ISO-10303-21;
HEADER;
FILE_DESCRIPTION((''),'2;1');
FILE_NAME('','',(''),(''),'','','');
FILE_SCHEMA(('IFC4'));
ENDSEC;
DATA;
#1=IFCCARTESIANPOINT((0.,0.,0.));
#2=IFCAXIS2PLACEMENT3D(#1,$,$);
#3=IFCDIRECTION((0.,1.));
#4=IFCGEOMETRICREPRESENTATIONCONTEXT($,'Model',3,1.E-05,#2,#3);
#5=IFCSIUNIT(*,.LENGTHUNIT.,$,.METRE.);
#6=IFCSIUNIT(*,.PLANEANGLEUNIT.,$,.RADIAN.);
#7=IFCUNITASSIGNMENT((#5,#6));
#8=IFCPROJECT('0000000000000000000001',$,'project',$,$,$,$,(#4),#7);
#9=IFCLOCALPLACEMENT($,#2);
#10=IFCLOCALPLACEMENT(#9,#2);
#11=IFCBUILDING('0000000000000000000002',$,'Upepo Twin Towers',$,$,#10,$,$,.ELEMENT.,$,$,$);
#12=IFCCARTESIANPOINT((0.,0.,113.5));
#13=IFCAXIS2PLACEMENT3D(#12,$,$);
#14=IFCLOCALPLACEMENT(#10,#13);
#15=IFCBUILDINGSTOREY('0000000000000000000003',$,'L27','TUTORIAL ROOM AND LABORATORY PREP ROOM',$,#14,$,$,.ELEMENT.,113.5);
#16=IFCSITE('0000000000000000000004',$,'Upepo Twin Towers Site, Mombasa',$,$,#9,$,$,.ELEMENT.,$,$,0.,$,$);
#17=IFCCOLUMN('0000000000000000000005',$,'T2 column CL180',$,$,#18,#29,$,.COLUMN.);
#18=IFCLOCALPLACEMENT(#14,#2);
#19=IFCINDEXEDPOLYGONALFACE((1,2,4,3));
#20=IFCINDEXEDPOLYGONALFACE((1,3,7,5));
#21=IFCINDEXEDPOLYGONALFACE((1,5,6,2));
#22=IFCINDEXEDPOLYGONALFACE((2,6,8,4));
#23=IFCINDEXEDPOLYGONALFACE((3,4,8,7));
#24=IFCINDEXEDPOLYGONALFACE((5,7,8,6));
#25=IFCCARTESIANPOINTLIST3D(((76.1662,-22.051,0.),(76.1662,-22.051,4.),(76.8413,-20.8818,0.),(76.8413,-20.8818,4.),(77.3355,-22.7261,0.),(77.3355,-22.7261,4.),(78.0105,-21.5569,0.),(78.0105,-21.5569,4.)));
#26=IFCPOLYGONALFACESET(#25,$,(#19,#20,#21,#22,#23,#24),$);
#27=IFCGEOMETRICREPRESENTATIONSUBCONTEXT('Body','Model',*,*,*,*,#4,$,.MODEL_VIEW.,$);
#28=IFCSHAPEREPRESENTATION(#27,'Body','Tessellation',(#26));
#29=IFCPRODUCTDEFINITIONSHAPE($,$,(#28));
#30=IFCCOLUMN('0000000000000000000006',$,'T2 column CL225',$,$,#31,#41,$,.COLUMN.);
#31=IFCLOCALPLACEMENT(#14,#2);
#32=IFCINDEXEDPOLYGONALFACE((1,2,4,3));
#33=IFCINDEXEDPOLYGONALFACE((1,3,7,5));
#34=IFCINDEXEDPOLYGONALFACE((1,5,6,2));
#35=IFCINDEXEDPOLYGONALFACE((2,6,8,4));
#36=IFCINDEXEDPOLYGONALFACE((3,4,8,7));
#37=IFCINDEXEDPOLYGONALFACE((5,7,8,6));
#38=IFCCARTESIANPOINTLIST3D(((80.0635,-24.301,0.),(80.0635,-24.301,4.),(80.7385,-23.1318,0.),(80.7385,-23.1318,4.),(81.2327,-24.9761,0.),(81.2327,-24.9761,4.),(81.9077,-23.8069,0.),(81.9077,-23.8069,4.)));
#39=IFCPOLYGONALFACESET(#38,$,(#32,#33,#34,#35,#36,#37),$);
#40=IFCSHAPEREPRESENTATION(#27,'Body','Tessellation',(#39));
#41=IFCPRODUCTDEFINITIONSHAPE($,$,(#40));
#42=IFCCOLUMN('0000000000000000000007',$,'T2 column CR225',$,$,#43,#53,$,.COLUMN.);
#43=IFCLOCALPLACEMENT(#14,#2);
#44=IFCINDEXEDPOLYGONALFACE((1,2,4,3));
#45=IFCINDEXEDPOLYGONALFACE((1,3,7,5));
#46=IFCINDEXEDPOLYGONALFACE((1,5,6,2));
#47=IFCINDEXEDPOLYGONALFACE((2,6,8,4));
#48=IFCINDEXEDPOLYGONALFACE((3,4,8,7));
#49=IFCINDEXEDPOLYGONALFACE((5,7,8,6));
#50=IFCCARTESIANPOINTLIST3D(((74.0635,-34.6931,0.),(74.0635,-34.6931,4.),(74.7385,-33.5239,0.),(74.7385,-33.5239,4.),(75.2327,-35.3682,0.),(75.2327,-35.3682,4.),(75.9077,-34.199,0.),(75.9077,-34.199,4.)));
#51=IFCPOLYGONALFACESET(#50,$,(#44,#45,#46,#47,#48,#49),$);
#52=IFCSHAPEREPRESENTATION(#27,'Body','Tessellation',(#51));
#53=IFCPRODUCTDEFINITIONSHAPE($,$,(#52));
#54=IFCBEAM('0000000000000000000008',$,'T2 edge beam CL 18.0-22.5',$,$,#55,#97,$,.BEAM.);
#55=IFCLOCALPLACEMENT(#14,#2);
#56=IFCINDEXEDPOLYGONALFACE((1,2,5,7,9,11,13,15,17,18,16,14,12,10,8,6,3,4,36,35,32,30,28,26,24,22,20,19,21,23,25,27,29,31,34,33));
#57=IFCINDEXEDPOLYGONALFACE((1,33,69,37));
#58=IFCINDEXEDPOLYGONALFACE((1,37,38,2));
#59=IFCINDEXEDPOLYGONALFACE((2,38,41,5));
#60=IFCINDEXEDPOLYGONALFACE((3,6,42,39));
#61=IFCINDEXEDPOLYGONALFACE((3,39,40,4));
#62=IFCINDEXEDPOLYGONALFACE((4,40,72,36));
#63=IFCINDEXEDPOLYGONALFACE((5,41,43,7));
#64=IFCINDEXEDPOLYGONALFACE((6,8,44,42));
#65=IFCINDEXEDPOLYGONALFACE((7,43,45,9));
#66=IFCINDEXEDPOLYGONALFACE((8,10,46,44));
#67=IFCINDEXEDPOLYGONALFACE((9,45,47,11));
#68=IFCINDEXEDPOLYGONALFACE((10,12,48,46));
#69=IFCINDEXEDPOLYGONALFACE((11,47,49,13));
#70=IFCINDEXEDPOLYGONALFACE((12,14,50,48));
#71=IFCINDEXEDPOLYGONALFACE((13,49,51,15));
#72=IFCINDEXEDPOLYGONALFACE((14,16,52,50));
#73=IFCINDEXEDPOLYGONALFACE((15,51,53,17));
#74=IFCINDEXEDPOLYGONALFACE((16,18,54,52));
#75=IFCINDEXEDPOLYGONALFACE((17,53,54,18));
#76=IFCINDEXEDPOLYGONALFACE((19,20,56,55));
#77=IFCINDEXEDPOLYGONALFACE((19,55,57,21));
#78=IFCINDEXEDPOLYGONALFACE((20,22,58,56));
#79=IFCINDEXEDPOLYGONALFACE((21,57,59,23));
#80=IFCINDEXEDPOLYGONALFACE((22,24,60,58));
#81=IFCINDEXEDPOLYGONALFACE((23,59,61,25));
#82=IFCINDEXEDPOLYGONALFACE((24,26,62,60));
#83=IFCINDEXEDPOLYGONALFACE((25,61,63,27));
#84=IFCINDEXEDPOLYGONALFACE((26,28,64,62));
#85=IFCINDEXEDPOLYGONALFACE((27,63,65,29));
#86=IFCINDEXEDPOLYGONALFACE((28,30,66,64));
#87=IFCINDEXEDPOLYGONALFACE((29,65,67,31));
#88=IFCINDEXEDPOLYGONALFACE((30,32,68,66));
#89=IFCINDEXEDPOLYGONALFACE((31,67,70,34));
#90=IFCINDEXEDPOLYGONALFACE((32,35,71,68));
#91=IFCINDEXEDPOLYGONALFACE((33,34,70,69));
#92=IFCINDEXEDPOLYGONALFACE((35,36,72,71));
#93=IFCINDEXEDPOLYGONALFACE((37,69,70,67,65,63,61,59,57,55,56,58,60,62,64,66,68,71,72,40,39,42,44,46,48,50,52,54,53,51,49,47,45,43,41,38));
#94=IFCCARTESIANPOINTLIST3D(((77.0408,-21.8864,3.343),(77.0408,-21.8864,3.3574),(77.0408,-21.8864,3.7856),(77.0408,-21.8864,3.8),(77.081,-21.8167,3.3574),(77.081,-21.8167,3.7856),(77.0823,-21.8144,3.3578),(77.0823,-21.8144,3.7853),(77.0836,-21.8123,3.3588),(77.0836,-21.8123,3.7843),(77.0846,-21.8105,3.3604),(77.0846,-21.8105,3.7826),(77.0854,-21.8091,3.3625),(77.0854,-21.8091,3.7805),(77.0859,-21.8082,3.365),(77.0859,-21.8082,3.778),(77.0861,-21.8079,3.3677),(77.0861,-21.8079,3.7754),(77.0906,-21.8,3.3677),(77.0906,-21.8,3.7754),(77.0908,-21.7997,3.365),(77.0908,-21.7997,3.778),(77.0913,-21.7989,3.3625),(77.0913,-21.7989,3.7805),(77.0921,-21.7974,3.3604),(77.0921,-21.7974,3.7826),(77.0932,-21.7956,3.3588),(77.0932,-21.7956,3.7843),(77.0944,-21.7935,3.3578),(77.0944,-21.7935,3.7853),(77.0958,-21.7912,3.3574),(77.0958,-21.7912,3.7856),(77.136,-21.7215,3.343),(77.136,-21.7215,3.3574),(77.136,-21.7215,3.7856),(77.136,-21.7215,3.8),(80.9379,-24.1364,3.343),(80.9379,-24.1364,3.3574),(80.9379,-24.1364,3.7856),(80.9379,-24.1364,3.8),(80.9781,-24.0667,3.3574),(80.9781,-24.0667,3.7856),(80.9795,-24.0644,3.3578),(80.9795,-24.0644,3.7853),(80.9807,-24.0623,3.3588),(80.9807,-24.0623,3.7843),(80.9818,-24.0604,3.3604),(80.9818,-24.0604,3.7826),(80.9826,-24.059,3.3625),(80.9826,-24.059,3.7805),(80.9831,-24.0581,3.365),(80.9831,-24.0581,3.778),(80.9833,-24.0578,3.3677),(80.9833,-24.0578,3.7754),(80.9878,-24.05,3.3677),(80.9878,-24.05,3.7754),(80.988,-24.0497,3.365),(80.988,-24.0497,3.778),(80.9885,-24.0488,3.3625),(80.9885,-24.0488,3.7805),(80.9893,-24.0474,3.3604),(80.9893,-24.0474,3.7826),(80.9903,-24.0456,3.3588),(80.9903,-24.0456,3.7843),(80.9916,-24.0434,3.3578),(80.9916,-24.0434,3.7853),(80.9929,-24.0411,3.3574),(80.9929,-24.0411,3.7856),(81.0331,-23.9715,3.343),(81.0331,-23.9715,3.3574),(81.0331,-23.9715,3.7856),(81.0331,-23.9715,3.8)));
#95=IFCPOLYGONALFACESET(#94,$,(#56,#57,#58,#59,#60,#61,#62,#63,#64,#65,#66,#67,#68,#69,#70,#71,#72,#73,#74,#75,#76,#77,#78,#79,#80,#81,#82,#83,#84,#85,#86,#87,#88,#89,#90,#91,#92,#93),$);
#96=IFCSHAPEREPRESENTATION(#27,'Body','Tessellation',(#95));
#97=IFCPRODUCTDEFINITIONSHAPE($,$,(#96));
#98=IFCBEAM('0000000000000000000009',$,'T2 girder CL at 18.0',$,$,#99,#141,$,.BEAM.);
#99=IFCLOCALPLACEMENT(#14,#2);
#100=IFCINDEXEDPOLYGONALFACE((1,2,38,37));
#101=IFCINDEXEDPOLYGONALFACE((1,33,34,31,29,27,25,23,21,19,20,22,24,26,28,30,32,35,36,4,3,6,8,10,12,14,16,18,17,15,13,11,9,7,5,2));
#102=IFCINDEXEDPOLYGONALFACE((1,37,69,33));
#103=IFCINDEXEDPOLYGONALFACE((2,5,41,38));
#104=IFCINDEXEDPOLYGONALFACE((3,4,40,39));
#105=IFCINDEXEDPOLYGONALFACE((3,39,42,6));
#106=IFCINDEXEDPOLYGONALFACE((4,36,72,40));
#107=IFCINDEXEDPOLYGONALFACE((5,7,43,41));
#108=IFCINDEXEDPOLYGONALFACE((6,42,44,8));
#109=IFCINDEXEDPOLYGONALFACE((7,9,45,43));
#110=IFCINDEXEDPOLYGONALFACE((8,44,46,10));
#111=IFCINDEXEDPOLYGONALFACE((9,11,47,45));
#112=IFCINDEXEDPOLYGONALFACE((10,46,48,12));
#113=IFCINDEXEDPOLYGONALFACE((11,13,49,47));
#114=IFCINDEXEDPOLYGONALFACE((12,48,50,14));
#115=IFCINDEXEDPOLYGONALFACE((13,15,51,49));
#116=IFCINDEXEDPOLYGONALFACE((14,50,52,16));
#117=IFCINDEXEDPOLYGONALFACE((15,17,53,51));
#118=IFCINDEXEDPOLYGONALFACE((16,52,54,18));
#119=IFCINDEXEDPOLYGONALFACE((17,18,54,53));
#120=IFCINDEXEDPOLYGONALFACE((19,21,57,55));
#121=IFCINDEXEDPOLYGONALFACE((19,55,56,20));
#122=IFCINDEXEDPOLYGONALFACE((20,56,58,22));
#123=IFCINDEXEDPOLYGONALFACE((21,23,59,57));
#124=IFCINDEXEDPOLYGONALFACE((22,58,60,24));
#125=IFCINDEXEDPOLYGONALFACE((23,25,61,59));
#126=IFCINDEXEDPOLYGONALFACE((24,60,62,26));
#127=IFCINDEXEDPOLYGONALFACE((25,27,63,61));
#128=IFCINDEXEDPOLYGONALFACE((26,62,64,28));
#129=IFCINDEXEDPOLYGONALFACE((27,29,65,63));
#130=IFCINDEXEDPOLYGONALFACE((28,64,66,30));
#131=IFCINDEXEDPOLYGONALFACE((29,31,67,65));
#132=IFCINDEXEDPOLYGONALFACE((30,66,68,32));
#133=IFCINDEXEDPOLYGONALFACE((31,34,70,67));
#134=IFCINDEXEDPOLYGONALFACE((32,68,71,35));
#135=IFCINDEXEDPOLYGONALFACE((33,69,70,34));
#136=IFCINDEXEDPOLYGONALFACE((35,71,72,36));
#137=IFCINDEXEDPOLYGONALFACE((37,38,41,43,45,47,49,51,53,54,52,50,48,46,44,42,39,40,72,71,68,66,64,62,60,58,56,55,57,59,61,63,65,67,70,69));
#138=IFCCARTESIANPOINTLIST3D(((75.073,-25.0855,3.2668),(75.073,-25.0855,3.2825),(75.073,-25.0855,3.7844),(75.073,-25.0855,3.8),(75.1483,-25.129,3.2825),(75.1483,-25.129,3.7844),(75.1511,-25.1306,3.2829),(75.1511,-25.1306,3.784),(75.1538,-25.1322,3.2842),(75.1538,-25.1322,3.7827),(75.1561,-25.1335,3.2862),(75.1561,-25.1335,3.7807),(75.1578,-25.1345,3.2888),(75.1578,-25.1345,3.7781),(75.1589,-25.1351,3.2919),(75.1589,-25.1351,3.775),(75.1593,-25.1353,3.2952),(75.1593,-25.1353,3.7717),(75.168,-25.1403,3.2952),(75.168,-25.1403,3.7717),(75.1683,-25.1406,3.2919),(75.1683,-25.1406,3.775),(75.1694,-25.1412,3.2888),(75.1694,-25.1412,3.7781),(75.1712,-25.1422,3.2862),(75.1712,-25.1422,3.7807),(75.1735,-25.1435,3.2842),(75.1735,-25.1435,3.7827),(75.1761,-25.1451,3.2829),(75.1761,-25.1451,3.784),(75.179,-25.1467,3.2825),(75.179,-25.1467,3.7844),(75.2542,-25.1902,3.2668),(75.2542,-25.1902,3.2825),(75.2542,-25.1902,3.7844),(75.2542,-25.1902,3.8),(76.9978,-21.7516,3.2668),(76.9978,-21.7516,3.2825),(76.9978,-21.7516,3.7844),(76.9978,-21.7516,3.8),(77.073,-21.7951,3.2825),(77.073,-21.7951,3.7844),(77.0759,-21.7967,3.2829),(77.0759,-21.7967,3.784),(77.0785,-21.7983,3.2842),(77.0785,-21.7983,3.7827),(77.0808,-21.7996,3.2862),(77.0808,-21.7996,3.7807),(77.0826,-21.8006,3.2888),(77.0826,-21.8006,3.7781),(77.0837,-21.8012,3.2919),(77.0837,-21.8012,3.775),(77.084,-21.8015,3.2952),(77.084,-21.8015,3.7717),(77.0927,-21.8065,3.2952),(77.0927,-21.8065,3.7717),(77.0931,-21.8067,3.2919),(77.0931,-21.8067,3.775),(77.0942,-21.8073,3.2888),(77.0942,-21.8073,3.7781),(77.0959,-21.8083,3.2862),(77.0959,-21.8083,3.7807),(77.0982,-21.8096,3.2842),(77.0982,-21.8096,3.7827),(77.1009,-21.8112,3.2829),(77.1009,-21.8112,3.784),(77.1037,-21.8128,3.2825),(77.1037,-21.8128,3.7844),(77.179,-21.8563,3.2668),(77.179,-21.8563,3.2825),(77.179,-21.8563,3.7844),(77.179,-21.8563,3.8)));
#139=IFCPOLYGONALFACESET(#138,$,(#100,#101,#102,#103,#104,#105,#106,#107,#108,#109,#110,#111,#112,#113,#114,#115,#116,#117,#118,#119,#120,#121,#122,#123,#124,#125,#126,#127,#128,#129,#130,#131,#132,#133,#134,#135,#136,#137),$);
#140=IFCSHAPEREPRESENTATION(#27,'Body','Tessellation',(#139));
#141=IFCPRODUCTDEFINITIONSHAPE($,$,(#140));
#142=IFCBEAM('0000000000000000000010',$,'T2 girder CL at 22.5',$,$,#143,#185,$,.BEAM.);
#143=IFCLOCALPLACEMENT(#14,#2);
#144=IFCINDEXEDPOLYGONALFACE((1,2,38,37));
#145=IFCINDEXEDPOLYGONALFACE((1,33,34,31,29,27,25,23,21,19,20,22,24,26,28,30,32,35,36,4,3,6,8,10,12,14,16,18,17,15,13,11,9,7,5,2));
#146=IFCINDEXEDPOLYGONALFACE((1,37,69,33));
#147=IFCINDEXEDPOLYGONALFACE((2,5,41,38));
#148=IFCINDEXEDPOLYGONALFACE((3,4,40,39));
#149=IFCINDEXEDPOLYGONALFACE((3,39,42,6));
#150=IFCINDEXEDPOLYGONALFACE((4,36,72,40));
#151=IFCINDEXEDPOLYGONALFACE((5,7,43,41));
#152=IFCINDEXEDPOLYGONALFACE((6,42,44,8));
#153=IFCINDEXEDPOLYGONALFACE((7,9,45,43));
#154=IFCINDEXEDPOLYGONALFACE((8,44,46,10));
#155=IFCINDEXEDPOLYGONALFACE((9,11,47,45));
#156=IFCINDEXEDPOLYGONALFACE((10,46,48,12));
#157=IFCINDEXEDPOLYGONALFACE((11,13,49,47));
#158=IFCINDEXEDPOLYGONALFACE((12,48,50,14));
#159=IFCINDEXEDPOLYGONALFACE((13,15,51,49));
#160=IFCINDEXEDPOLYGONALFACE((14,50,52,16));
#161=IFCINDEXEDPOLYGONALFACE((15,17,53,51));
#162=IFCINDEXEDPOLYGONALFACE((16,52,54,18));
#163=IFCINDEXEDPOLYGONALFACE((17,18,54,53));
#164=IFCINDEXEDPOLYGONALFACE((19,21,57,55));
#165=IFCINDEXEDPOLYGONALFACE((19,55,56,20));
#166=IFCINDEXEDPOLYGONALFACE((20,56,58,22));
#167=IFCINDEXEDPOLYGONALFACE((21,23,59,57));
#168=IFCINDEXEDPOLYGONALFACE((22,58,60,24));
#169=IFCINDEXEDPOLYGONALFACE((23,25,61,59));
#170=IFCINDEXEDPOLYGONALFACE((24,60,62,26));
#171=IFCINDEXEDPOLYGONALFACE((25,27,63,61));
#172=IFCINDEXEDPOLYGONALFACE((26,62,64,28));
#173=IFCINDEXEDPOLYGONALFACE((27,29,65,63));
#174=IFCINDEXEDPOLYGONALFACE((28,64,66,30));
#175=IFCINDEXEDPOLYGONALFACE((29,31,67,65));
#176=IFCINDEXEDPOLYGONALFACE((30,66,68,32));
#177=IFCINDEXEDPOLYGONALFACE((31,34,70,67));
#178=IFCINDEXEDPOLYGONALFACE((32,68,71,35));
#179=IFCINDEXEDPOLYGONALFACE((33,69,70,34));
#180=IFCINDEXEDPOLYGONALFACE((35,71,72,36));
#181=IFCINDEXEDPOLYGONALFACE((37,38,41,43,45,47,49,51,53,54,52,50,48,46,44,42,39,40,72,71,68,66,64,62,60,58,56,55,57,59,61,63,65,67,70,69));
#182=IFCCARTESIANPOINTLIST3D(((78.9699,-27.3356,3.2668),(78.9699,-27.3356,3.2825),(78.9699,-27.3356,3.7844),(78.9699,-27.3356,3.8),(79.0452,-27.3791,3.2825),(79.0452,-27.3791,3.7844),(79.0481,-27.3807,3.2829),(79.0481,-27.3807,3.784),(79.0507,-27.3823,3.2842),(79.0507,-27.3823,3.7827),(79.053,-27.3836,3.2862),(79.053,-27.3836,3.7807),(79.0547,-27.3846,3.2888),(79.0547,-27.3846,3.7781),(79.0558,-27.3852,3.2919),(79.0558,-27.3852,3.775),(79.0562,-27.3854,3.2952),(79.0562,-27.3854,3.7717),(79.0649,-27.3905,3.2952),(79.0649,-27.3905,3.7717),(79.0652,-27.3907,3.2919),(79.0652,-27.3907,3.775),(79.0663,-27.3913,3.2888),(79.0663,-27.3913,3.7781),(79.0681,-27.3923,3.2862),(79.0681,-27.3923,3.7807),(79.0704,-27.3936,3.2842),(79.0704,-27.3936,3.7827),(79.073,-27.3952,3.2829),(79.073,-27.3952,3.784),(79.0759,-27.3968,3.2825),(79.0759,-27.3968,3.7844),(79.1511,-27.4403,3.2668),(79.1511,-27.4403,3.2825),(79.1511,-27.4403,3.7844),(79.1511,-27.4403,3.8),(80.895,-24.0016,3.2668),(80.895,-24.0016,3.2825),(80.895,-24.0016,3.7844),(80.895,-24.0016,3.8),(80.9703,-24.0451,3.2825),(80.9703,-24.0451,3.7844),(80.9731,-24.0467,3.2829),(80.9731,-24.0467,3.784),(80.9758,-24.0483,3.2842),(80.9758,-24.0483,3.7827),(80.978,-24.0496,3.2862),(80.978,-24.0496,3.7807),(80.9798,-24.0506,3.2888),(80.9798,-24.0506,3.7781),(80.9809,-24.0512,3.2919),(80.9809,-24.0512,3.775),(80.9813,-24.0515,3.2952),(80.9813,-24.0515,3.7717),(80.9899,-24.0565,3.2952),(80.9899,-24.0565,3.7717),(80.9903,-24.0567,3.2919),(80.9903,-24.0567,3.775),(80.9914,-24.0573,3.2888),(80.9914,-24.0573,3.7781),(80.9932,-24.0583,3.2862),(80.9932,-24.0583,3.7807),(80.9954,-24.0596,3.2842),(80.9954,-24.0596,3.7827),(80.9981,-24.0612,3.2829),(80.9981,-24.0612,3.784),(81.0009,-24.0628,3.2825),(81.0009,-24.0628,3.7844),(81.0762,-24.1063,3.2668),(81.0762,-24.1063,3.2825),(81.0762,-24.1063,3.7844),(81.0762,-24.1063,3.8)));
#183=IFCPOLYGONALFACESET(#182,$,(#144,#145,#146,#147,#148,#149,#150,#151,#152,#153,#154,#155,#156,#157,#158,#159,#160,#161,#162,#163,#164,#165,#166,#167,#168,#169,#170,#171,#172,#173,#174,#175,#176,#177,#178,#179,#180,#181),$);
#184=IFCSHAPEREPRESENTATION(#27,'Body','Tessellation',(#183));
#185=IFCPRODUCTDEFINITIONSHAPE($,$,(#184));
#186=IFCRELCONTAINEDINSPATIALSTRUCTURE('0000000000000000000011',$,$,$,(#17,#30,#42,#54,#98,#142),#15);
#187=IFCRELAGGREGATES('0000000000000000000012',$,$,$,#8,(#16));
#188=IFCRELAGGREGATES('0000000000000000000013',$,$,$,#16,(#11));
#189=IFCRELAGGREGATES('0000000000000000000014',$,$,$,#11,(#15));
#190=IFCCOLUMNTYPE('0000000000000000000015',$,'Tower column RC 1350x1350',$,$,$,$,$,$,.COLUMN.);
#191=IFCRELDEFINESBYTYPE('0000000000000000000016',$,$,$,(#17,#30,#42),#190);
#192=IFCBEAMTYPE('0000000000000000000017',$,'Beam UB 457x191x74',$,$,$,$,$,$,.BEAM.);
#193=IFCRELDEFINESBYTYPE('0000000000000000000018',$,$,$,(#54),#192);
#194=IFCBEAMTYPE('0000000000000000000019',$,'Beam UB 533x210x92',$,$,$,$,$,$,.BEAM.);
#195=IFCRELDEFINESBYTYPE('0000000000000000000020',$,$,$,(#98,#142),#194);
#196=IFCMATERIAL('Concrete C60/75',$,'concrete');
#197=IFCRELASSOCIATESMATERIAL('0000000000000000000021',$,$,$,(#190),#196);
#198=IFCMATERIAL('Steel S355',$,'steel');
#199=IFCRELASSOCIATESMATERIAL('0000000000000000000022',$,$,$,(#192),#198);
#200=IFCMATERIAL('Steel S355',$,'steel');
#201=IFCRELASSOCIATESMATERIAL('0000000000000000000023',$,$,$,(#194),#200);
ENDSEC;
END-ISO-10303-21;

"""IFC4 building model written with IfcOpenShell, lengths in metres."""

from ifc_helpers import new_model, si_unit, direction, frame, origin, origin_2d, place, context, subcontext, project, spatial, rectangle, i_section, extrude, material, material_profile, profile_set, type_object, element, save


model = new_model("IFC4")

# Units and contexts
model_context = context("Model", 3, precision=1e-05, world=origin(), true_north=direction((0.0, 1.0)))
body_context = subcontext(model_context, "Body", "Model", "MODEL_VIEW")
ifc_project = project(units=[si_unit("LENGTHUNIT", "METRE"), si_unit("PLANEANGLEUNIT", "RADIAN")], contexts=[model_context])

# Site, building, storey
site_placement = place(None, origin())
site = spatial("IfcSite", under=ifc_project, at=site_placement, Name="Upepo Twin Towers Site, Mombasa", CompositionType="ELEMENT", RefElevation=0.0)
building_placement = place(site_placement, origin())
building = spatial("IfcBuilding", under=site, at=building_placement, Name="Upepo Twin Towers", CompositionType="ELEMENT")
storey_placement = place(building_placement, frame((0.0, 0.0, 113.5)))
storey = spatial("IfcBuildingStorey", under=building, at=storey_placement, Name="L27", Description="TUTORIAL ROOM AND LABORATORY PREP ROOM", CompositionType="ELEMENT", Elevation=113.5)

# Columns
ifc_material_1 = material(Name="Concrete C60/75", Category="concrete")
ifc_material_profile_1 = material_profile(ifc_material_1, rectangle(XDim=1.3501, YDim=1.3501, at=origin_2d()), Name="RC 1350x1350")
ifc_profile_set_1 = profile_set([ifc_material_profile_1], Name="Concrete C60/75")
column_type = type_object("IfcColumnType", Name="Tower column RC 1350x1350", PredefinedType="COLUMN", material=ifc_profile_set_1)
for number, where, z_axis, x_axis, name in (
    (1, (77.0884, -21.804, 0.0), (0.0, 0.0, 1.0), (0.5, 0.866025, 0.0), "T2 column CL180"),
    (2, (80.9856, -24.054, 0.0), (0.0, 0.0, 1.0), (0.5, 0.866025, 0.0), "T2 column CL225"),
    (3, (74.9856, -34.446, 0.0), (0.0, 0.0, 1.0), (0.5, 0.866025, 0.0), "T2 column CR225"),
):
    element("IfcColumn", number, at=place(storey_placement, frame(where, z_axis=z_axis, x_axis=x_axis)), inside=storey, type_object=column_type, Name=name, PredefinedType="COLUMN", context=body_context, shape_type="SweptSolid", body=[
        extrude(rectangle(XDim=1.3501, YDim=1.3501, at=origin_2d()), origin(), (0.0, 0.0, 1.0), 4.0),
    ])

# Beams
ifc_material_2 = material(Name="Steel S355", Category="steel")
ifc_material_profile_2 = material_profile(ifc_material_2, i_section(OverallWidth=0.1904, OverallDepth=0.457, WebThickness=0.009, FlangeThickness=0.0144, FilletRadius=0.0103, at=origin_2d()), Name="UB 457x191x74")
ifc_profile_set_2 = profile_set([ifc_material_profile_2], Name="Steel S355")
beam_type_1 = type_object("IfcBeamType", Name="Beam UB 457x191x74", PredefinedType="BEAM", material=ifc_profile_set_2)
beam_1_placement = place(storey_placement, frame((77.0884, -21.804, 3.5715), z_axis=(0.866031, -0.49999, 0.0), x_axis=(0.49999, 0.866031, 0.0)))
element("IfcBeam", 4, at=beam_1_placement, inside=storey, type_object=beam_type_1, Name="T2 edge beam CL 18.0-22.5", PredefinedType="BEAM", context=body_context, shape_type="SweptSolid", body=[
    extrude(i_section(OverallWidth=0.1904, OverallDepth=0.457, WebThickness=0.009, FlangeThickness=0.0144, FilletRadius=0.0103, at=origin_2d()), origin(), (0.0, 0.0, 1.0), 4.5),
])
ifc_material_3 = material(Name="Steel S355", Category="steel")
ifc_material_profile_3 = material_profile(ifc_material_3, i_section(OverallWidth=0.2092, OverallDepth=0.5332, WebThickness=0.01, FlangeThickness=0.0156, FilletRadius=0.0127, at=origin_2d()), Name="UB 533x210x92")
ifc_profile_set_3 = profile_set([ifc_material_profile_3], Name="Steel S355")
beam_type_2 = type_object("IfcBeamType", Name="Beam UB 533x210x92", PredefinedType="BEAM", material=ifc_profile_set_3)
beam_2_placement = place(storey_placement, frame((77.0884, -21.804, 3.5334), z_axis=(-0.499986, -0.866034, 0.0), x_axis=(0.866034, -0.499986, 0.0)))
element("IfcBeam", 5, at=beam_2_placement, inside=storey, type_object=beam_type_2, Name="T2 girder CL at 18.0", PredefinedType="BEAM", context=body_context, shape_type="SweptSolid", body=[
    extrude(i_section(OverallWidth=0.2092, OverallDepth=0.5332, WebThickness=0.01, FlangeThickness=0.0156, FilletRadius=0.0127, at=origin_2d()), origin(), (0.0, 0.0, 1.0), 3.8496),
])
for number, where, z_axis, x_axis, name in (
    (6, (80.9856, -24.054, 3.5334), (-0.500034, -0.866006, 0.0), (0.866006, -0.500034, 0.0), "T2 girder CL at 22.5"),
):
    element("IfcBeam", number, at=place(storey_placement, frame(where, z_axis=z_axis, x_axis=x_axis)), inside=storey, type_object=beam_type_2, Name=name, PredefinedType="BEAM", context=body_context, shape_type="SweptSolid", body=[
        extrude(i_section(OverallWidth=0.2092, OverallDepth=0.5332, WebThickness=0.01, FlangeThickness=0.0156, FilletRadius=0.0127, at=origin_2d()), origin(), (0.0, 0.0, 1.0), 3.8499),
    ])

save(model, "model.ifc")
